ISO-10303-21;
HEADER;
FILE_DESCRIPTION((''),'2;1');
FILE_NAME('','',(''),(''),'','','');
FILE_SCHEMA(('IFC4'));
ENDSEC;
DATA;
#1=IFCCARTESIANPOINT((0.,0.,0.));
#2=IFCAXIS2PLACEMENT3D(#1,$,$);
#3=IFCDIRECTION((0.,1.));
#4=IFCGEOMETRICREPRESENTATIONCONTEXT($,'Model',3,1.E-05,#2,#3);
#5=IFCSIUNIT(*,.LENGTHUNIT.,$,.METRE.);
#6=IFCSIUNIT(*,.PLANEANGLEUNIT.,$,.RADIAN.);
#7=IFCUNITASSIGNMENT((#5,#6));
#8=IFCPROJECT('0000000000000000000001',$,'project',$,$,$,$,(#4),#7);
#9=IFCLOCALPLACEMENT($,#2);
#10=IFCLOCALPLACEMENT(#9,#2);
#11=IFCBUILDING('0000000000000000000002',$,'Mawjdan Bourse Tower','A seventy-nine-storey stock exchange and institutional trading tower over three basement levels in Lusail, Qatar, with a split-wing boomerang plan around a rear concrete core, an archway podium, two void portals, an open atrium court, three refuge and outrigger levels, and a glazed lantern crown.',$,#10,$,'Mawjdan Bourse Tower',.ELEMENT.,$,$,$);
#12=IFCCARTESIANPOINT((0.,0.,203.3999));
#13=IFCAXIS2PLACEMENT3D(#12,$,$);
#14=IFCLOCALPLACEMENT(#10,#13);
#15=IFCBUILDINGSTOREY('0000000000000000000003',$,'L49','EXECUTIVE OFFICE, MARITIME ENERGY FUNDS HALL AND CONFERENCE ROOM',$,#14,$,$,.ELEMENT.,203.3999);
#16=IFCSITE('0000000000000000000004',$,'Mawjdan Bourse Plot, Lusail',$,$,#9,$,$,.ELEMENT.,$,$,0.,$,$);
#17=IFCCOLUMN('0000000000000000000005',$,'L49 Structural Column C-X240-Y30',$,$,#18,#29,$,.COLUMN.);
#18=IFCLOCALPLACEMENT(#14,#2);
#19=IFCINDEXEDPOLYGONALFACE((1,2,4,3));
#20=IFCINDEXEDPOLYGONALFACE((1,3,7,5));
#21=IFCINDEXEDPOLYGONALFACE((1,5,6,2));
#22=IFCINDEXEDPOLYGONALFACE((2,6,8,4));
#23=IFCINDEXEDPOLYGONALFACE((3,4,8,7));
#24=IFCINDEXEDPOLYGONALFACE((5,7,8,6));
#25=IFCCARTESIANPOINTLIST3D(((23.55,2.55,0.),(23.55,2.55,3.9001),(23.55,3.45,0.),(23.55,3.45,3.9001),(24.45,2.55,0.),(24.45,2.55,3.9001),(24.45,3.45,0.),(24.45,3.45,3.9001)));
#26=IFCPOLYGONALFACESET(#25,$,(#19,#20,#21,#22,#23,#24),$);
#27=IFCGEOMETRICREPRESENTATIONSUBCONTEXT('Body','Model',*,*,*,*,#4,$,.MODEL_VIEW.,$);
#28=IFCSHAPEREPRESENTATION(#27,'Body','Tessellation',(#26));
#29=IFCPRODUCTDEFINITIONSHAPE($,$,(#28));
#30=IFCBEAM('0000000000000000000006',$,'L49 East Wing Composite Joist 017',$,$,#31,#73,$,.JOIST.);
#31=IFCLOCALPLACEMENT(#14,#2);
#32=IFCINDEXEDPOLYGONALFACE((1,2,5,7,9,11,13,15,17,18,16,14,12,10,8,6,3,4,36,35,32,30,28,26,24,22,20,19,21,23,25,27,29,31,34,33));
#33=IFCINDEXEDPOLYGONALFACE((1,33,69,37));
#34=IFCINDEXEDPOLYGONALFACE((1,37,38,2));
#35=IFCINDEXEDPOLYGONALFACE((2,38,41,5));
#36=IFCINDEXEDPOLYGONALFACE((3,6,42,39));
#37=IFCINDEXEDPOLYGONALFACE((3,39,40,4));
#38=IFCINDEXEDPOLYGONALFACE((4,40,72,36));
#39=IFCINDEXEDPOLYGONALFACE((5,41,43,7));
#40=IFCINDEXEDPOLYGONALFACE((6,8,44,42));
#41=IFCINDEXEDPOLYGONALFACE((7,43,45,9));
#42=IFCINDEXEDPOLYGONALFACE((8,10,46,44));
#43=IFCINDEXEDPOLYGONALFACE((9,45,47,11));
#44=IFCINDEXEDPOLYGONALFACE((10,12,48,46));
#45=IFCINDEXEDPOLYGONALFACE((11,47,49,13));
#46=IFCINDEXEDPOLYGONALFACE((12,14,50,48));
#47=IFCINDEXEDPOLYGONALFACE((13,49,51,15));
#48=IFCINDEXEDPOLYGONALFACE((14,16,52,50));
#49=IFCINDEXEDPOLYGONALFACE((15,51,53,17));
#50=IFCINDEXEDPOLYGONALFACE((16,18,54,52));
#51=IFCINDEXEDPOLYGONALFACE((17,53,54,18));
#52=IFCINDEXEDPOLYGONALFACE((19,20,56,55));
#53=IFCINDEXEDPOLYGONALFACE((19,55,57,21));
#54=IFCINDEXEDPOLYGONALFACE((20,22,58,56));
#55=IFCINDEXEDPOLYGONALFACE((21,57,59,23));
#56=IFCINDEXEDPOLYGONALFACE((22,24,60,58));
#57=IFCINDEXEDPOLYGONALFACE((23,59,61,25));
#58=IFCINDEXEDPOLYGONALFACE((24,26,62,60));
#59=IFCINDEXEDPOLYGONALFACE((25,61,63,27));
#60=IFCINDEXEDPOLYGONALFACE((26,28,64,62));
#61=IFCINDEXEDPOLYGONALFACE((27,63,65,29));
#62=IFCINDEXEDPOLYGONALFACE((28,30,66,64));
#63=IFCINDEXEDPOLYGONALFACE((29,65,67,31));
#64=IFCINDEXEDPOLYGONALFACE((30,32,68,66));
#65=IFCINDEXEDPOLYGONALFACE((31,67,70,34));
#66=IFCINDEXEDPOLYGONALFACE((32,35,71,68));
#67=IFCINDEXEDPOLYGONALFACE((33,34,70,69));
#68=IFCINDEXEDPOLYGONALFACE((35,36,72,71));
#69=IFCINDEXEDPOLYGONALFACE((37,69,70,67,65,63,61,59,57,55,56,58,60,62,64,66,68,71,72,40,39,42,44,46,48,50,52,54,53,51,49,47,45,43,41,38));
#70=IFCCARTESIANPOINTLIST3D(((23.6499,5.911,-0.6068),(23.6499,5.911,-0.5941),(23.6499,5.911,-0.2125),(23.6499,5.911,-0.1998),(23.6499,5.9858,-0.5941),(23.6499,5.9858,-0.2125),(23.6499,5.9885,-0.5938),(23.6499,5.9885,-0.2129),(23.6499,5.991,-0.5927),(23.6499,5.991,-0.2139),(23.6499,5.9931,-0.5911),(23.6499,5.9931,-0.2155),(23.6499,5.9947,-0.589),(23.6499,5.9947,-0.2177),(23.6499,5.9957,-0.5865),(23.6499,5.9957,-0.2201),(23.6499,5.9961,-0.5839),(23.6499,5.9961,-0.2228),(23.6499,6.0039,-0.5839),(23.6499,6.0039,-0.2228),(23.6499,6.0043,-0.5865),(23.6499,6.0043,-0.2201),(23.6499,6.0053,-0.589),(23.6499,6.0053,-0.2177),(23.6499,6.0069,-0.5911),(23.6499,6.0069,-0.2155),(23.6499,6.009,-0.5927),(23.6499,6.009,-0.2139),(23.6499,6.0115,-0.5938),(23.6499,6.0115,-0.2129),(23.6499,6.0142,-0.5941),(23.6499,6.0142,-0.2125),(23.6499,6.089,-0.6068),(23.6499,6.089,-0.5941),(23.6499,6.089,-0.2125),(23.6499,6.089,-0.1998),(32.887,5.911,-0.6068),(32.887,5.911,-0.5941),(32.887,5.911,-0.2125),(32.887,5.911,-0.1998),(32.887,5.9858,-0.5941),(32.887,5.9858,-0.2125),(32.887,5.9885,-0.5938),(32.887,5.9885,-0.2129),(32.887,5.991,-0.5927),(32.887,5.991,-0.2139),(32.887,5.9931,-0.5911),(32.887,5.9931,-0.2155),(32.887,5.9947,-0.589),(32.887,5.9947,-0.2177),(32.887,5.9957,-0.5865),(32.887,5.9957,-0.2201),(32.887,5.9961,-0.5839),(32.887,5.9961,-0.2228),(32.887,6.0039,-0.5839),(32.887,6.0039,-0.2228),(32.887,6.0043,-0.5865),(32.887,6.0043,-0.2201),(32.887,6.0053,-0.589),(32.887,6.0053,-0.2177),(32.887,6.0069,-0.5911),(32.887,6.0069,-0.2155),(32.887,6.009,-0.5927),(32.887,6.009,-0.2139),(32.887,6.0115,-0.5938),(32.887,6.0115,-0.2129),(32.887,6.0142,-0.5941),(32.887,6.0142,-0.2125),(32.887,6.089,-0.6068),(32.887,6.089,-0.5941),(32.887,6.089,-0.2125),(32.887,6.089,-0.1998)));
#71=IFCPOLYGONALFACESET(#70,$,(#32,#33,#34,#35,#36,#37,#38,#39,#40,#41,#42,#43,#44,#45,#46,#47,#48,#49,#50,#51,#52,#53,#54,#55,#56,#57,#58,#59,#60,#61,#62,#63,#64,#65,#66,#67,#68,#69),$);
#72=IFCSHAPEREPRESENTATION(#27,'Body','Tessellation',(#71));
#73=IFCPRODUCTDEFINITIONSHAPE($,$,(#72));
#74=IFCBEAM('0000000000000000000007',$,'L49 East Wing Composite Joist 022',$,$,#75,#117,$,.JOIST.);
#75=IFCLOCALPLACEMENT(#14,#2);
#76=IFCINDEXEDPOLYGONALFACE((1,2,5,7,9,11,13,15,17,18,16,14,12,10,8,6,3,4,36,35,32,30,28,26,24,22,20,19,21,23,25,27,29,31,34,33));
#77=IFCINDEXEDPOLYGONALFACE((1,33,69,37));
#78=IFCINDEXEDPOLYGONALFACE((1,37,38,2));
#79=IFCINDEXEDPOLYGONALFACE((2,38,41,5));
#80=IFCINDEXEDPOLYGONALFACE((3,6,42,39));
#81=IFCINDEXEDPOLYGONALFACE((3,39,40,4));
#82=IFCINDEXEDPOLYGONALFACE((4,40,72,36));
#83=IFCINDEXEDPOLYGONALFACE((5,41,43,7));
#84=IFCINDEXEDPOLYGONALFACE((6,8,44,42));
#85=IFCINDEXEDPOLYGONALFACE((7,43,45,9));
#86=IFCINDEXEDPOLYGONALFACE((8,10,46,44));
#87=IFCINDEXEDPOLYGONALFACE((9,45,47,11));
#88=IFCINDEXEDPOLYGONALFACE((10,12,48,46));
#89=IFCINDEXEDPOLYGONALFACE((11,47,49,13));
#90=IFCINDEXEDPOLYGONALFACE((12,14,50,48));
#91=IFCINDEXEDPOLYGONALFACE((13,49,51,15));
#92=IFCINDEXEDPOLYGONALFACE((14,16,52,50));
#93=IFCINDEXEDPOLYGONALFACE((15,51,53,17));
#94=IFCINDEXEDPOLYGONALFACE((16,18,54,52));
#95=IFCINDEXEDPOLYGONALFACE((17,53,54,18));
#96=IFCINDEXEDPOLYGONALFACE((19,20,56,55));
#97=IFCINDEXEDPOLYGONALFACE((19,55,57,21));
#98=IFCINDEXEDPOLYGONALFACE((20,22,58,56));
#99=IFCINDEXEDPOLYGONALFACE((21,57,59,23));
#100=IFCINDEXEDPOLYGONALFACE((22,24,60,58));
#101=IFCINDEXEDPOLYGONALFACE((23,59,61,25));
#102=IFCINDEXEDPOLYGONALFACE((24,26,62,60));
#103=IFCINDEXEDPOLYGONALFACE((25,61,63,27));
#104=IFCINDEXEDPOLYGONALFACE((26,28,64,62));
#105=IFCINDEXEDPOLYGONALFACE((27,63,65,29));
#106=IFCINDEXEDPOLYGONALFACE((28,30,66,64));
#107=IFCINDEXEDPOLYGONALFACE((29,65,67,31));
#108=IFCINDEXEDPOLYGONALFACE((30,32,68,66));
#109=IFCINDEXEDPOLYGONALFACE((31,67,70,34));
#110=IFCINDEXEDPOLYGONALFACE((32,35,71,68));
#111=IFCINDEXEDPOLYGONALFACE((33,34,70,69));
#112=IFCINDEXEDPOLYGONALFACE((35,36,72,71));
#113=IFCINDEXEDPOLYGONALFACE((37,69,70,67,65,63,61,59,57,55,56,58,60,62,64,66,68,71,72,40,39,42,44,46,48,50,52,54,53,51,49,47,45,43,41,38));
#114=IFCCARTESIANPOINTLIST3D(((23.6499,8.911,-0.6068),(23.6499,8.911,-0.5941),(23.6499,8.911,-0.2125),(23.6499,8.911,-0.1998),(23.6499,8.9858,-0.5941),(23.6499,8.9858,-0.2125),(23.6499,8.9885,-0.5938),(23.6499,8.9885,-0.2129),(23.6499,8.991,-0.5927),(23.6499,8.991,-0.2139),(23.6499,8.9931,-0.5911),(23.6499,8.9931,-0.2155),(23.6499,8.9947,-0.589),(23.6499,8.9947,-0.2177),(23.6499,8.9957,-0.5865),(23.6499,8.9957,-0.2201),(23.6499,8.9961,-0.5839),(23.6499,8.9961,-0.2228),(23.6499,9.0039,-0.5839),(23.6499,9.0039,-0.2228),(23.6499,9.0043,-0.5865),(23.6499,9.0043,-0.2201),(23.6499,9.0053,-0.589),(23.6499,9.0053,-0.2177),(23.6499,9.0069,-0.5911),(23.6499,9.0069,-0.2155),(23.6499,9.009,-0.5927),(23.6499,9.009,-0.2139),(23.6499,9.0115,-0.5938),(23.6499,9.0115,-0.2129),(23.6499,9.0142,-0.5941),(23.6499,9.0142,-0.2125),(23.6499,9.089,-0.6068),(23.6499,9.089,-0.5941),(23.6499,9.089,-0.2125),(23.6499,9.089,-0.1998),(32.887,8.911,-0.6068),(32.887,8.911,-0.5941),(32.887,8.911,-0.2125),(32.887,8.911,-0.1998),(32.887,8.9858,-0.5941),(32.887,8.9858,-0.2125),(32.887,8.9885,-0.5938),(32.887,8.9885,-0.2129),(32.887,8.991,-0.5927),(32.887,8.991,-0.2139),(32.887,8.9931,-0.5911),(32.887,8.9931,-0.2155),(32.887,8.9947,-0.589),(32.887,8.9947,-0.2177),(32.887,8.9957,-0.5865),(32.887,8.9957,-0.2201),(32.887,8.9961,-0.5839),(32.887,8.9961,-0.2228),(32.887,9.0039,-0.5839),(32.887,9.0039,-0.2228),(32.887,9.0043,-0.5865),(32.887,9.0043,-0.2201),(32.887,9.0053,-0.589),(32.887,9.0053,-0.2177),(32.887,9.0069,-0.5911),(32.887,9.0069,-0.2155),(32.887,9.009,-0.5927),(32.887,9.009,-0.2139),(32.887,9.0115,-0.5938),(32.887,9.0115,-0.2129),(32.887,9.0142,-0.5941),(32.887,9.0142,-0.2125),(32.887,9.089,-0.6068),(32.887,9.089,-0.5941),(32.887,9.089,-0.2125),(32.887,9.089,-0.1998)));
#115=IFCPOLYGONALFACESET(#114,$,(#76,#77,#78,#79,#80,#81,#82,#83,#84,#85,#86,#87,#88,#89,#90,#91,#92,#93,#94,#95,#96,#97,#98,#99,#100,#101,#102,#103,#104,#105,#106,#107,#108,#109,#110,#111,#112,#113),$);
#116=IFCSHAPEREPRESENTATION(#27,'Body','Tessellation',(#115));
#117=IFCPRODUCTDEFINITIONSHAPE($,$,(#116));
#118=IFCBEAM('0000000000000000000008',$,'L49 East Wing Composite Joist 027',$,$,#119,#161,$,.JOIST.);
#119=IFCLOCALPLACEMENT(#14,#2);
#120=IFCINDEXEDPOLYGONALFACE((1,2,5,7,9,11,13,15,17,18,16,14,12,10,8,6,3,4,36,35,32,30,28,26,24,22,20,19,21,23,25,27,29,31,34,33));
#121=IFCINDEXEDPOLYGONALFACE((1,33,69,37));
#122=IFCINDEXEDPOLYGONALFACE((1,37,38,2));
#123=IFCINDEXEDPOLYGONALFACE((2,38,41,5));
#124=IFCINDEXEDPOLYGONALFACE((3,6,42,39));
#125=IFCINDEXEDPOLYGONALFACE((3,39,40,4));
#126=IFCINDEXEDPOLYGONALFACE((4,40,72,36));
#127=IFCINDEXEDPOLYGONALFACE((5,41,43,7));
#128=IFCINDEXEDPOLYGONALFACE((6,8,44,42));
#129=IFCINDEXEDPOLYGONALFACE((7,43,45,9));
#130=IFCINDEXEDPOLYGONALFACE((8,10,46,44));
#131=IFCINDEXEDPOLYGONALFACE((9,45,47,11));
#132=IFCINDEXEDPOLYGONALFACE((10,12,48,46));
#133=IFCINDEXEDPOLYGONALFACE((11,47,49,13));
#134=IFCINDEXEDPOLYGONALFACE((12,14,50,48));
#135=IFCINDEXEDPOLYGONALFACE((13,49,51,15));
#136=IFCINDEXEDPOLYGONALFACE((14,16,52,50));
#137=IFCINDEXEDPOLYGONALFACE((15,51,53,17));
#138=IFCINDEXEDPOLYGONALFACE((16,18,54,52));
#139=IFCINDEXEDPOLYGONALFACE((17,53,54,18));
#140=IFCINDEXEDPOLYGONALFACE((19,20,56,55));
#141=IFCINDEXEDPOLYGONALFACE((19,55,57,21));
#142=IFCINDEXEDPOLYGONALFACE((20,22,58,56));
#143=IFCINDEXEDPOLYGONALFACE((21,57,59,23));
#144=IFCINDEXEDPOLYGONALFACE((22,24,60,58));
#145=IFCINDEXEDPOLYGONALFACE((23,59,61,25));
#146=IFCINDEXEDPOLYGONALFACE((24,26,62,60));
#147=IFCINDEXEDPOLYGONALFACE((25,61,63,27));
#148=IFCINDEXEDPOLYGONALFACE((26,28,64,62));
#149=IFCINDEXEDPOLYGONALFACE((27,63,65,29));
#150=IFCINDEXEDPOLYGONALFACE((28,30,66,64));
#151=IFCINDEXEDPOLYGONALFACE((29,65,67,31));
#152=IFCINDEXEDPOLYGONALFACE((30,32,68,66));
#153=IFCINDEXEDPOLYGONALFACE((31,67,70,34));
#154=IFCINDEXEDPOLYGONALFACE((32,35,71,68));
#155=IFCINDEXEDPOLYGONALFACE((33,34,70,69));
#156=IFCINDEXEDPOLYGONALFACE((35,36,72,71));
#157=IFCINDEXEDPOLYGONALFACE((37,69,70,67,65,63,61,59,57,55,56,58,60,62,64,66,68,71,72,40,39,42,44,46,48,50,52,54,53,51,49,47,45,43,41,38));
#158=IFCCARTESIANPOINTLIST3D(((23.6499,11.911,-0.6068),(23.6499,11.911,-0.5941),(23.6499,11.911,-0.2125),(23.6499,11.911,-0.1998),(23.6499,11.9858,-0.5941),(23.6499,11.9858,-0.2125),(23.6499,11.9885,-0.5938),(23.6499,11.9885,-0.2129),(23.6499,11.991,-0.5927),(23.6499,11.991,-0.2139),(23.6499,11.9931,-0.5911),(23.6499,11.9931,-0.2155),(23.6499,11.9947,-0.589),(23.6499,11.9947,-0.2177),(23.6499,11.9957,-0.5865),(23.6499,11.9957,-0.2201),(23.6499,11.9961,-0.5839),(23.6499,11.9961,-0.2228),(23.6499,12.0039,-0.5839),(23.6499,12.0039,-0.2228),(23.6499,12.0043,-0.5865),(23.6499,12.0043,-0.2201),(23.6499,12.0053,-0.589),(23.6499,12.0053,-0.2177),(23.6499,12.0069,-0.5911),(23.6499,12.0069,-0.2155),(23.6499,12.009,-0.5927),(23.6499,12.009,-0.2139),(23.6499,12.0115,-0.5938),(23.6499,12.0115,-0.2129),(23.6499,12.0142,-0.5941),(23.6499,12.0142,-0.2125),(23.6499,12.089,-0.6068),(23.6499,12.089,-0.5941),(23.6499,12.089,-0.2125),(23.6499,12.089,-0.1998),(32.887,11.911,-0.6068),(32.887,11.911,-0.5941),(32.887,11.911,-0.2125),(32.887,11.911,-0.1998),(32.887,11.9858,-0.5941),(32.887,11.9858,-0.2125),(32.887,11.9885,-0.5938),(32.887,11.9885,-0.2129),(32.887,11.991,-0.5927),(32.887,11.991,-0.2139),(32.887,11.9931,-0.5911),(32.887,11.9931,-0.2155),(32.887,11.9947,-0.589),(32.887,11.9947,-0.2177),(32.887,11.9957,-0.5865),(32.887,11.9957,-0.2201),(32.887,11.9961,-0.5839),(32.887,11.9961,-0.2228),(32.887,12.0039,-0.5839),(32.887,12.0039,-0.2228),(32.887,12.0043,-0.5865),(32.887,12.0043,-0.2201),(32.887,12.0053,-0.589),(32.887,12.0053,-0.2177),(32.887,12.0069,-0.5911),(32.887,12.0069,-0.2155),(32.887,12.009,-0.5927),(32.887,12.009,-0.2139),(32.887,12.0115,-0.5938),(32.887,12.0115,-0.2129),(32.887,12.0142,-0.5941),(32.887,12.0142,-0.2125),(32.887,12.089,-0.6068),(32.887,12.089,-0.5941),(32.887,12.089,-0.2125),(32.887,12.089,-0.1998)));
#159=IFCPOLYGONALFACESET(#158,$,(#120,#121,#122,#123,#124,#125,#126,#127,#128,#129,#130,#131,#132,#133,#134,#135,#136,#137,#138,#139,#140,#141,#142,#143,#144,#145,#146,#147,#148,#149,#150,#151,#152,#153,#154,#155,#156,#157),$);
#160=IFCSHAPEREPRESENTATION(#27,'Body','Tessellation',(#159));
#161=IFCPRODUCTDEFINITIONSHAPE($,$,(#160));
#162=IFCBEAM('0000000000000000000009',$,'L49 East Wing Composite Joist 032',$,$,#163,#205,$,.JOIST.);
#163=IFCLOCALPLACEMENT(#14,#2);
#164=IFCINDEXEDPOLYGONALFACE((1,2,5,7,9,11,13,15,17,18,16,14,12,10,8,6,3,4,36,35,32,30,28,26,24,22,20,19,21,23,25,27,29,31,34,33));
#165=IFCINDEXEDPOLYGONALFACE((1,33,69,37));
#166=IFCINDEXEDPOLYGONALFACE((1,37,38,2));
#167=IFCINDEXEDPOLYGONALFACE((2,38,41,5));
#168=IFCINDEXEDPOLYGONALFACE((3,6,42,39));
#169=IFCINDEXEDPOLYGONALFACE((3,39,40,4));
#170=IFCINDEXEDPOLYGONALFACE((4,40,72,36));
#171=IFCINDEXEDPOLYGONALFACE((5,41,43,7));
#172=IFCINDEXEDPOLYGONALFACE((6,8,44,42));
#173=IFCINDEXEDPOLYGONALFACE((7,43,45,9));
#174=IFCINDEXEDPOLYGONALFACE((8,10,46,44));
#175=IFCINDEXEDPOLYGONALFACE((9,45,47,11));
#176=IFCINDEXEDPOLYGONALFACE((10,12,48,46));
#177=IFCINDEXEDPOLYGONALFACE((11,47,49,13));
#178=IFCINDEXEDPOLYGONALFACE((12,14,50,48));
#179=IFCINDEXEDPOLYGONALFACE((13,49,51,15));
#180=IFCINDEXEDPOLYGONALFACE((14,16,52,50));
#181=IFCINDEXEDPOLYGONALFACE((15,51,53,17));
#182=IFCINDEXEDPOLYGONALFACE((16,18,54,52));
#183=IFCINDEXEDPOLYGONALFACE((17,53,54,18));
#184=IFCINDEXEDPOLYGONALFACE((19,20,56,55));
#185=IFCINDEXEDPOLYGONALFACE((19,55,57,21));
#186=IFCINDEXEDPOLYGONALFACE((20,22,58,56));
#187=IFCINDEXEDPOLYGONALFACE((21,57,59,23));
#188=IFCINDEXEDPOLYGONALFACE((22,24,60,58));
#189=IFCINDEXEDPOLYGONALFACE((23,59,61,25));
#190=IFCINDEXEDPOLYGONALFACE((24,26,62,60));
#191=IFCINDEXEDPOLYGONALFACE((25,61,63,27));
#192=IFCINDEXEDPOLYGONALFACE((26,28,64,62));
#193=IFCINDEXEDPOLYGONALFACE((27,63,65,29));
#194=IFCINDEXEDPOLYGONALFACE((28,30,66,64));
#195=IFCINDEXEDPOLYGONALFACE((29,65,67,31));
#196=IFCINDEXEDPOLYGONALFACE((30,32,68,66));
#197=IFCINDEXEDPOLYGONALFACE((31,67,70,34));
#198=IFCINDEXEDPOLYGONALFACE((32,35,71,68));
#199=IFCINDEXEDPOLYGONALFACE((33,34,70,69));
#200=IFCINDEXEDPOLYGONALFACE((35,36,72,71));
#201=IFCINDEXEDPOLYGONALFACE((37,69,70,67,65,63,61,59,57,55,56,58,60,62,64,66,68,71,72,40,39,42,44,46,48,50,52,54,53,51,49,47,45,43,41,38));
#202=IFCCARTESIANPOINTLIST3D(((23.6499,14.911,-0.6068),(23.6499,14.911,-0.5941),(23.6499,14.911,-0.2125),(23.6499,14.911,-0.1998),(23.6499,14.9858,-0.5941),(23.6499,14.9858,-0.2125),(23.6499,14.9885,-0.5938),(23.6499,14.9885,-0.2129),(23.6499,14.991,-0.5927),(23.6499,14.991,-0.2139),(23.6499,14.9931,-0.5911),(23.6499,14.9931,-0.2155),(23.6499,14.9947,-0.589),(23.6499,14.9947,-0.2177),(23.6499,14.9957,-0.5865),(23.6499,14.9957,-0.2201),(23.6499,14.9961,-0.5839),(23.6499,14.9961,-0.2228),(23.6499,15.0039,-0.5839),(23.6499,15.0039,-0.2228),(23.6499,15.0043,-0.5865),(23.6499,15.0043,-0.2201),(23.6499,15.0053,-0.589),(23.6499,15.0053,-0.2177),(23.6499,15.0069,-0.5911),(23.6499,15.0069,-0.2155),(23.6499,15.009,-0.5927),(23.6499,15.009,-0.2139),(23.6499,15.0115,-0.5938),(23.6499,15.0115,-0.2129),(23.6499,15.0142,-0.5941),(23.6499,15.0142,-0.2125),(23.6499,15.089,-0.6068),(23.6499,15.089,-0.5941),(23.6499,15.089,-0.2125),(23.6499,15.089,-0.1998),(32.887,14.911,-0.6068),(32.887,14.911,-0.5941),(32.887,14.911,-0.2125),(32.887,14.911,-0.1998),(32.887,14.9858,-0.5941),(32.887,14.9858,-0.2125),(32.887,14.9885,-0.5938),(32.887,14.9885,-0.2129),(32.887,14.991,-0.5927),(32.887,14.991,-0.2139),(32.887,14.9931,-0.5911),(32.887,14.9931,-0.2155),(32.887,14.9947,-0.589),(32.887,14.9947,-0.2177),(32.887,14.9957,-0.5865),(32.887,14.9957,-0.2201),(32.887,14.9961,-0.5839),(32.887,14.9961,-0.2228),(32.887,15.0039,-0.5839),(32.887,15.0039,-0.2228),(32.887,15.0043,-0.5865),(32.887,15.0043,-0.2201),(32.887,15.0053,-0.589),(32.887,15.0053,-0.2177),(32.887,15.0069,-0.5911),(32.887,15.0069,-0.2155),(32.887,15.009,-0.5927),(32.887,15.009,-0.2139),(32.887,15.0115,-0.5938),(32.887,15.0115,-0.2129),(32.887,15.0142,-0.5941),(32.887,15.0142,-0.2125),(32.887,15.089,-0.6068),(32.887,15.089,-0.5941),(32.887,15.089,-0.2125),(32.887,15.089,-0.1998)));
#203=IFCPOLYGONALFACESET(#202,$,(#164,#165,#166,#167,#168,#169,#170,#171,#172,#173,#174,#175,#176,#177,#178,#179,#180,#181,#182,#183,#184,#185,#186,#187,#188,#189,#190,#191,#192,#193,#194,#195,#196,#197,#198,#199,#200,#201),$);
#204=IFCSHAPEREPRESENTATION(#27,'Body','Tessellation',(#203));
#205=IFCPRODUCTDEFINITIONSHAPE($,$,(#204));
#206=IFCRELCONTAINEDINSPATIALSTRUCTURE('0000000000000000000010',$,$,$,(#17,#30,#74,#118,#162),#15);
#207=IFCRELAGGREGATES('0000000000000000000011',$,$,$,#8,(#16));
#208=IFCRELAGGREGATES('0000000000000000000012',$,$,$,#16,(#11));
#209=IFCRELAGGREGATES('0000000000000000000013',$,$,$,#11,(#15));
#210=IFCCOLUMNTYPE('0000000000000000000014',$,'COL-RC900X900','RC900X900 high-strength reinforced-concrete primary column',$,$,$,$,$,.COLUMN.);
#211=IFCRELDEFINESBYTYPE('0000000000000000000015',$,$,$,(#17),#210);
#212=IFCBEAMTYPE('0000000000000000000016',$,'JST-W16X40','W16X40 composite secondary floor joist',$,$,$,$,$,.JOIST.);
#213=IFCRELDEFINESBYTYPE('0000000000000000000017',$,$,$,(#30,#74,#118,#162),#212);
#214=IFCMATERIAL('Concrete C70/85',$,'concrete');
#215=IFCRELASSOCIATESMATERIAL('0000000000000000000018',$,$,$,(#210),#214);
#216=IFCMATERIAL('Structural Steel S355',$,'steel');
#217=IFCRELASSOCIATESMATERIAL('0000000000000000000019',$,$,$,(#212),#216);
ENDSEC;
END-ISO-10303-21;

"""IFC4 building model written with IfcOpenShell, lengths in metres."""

from ifc_helpers import new_model, si_unit, direction, frame, origin, origin_2d, place, context, subcontext, project, spatial, rectangle, i_section, extrude, material, material_profile, profile_set, type_object, element, save


model = new_model("IFC4")

# Units and contexts
model_context = context("Model", 3, precision=1e-05, world=origin(), true_north=direction((0.0, 1.0)))
body_context = subcontext(model_context, "Body", "Model", "MODEL_VIEW")
ifc_project = project(units=[si_unit("LENGTHUNIT", "METRE"), si_unit("PLANEANGLEUNIT", "RADIAN")], contexts=[model_context])

# Site, building, storey
site_placement = place(None, origin())
site = spatial("IfcSite", under=ifc_project, at=site_placement, Name="Mawjdan Bourse Plot, Lusail", CompositionType="ELEMENT", RefElevation=0.0)
building_placement = place(site_placement, origin())
building = spatial("IfcBuilding", under=site, at=building_placement, Name="Mawjdan Bourse Tower", Description="A seventy-nine-storey stock exchange and institutional trading tower over three basement levels in Lusail, Qatar, with a split-wing boomerang plan around a rear concrete core, an archway podium, two void portals, an open atrium court, three refuge and outrigger levels, and a glazed lantern crown.", LongName="Mawjdan Bourse Tower", CompositionType="ELEMENT")
storey_placement = place(building_placement, frame((0.0, 0.0, 203.3999)))
storey = spatial("IfcBuildingStorey", under=building, at=storey_placement, Name="L49", Description="EXECUTIVE OFFICE, MARITIME ENERGY FUNDS HALL AND CONFERENCE ROOM", CompositionType="ELEMENT", Elevation=203.3999)

# Column
ifc_material_1 = material(Name="Concrete C70/85", Category="concrete")
ifc_material_profile_1 = material_profile(ifc_material_1, rectangle(XDim=0.8999, YDim=0.8999, at=origin_2d()), Name="RC900X900")
ifc_profile_set_1 = profile_set([ifc_material_profile_1], Name="Concrete C70/85")
column_type = type_object("IfcColumnType", Name="COL-RC900X900", Description="RC900X900 high-strength reinforced-concrete primary column", PredefinedType="COLUMN", material=ifc_profile_set_1)
column_placement = place(storey_placement, frame((24.0, 3.0, 0.0), z_axis=(0.0, 0.0, 1.0), x_axis=(1.0, 0.0, 0.0)))
element("IfcColumn", 1, at=column_placement, inside=storey, type_object=column_type, Name="L49 Structural Column C-X240-Y30", PredefinedType="COLUMN", context=body_context, shape_type="SweptSolid", body=[
    extrude(rectangle(XDim=0.8999, YDim=0.8999, at=origin_2d()), origin(), (0.0, 0.0, 1.0), 3.9001),
])

# Beams
ifc_material_2 = material(Name="Structural Steel S355", Category="steel")
ifc_material_profile_2 = material_profile(ifc_material_2, i_section(OverallWidth=0.178, OverallDepth=0.407, WebThickness=0.0078, FlangeThickness=0.0127, FilletRadius=0.0103, at=origin_2d()), Name="W16X40")
ifc_profile_set_2 = profile_set([ifc_material_profile_2], Name="Structural Steel S355")
beam_type_1 = type_object("IfcBeamType", Name="JST-W16X40", Description="W16X40 composite secondary floor joist", PredefinedType="JOIST", material=ifc_profile_set_2)
for number, where, z_axis, x_axis, name in (
    (2, (23.6499, 6.0, -0.4033), (1.0, 0.0, 0.0), (0.0, 1.0, 0.0), "L49 East Wing Composite Joist 017"),
    (3, (23.6499, 9.0, -0.4033), (1.0, 0.0, 0.0), (0.0, 1.0, 0.0), "L49 East Wing Composite Joist 022"),
    (4, (23.6499, 12.0, -0.4033), (1.0, 0.0, 0.0), (0.0, 1.0, 0.0), "L49 East Wing Composite Joist 027"),
    (5, (23.6499, 15.0, -0.4033), (1.0, 0.0, 0.0), (0.0, 1.0, 0.0), "L49 East Wing Composite Joist 032"),
):
    element("IfcBeam", number, at=place(storey_placement, frame(where, z_axis=z_axis, x_axis=x_axis)), inside=storey, type_object=beam_type_1, Name=name, PredefinedType="JOIST", context=body_context, shape_type="SweptSolid", body=[
        extrude(i_section(OverallWidth=0.178, OverallDepth=0.407, WebThickness=0.0078, FlangeThickness=0.0127, FilletRadius=0.0103, at=origin_2d()), origin(), (0.0, 0.0, 1.0), 9.2371),
    ])

save(model, "model.ifc")
